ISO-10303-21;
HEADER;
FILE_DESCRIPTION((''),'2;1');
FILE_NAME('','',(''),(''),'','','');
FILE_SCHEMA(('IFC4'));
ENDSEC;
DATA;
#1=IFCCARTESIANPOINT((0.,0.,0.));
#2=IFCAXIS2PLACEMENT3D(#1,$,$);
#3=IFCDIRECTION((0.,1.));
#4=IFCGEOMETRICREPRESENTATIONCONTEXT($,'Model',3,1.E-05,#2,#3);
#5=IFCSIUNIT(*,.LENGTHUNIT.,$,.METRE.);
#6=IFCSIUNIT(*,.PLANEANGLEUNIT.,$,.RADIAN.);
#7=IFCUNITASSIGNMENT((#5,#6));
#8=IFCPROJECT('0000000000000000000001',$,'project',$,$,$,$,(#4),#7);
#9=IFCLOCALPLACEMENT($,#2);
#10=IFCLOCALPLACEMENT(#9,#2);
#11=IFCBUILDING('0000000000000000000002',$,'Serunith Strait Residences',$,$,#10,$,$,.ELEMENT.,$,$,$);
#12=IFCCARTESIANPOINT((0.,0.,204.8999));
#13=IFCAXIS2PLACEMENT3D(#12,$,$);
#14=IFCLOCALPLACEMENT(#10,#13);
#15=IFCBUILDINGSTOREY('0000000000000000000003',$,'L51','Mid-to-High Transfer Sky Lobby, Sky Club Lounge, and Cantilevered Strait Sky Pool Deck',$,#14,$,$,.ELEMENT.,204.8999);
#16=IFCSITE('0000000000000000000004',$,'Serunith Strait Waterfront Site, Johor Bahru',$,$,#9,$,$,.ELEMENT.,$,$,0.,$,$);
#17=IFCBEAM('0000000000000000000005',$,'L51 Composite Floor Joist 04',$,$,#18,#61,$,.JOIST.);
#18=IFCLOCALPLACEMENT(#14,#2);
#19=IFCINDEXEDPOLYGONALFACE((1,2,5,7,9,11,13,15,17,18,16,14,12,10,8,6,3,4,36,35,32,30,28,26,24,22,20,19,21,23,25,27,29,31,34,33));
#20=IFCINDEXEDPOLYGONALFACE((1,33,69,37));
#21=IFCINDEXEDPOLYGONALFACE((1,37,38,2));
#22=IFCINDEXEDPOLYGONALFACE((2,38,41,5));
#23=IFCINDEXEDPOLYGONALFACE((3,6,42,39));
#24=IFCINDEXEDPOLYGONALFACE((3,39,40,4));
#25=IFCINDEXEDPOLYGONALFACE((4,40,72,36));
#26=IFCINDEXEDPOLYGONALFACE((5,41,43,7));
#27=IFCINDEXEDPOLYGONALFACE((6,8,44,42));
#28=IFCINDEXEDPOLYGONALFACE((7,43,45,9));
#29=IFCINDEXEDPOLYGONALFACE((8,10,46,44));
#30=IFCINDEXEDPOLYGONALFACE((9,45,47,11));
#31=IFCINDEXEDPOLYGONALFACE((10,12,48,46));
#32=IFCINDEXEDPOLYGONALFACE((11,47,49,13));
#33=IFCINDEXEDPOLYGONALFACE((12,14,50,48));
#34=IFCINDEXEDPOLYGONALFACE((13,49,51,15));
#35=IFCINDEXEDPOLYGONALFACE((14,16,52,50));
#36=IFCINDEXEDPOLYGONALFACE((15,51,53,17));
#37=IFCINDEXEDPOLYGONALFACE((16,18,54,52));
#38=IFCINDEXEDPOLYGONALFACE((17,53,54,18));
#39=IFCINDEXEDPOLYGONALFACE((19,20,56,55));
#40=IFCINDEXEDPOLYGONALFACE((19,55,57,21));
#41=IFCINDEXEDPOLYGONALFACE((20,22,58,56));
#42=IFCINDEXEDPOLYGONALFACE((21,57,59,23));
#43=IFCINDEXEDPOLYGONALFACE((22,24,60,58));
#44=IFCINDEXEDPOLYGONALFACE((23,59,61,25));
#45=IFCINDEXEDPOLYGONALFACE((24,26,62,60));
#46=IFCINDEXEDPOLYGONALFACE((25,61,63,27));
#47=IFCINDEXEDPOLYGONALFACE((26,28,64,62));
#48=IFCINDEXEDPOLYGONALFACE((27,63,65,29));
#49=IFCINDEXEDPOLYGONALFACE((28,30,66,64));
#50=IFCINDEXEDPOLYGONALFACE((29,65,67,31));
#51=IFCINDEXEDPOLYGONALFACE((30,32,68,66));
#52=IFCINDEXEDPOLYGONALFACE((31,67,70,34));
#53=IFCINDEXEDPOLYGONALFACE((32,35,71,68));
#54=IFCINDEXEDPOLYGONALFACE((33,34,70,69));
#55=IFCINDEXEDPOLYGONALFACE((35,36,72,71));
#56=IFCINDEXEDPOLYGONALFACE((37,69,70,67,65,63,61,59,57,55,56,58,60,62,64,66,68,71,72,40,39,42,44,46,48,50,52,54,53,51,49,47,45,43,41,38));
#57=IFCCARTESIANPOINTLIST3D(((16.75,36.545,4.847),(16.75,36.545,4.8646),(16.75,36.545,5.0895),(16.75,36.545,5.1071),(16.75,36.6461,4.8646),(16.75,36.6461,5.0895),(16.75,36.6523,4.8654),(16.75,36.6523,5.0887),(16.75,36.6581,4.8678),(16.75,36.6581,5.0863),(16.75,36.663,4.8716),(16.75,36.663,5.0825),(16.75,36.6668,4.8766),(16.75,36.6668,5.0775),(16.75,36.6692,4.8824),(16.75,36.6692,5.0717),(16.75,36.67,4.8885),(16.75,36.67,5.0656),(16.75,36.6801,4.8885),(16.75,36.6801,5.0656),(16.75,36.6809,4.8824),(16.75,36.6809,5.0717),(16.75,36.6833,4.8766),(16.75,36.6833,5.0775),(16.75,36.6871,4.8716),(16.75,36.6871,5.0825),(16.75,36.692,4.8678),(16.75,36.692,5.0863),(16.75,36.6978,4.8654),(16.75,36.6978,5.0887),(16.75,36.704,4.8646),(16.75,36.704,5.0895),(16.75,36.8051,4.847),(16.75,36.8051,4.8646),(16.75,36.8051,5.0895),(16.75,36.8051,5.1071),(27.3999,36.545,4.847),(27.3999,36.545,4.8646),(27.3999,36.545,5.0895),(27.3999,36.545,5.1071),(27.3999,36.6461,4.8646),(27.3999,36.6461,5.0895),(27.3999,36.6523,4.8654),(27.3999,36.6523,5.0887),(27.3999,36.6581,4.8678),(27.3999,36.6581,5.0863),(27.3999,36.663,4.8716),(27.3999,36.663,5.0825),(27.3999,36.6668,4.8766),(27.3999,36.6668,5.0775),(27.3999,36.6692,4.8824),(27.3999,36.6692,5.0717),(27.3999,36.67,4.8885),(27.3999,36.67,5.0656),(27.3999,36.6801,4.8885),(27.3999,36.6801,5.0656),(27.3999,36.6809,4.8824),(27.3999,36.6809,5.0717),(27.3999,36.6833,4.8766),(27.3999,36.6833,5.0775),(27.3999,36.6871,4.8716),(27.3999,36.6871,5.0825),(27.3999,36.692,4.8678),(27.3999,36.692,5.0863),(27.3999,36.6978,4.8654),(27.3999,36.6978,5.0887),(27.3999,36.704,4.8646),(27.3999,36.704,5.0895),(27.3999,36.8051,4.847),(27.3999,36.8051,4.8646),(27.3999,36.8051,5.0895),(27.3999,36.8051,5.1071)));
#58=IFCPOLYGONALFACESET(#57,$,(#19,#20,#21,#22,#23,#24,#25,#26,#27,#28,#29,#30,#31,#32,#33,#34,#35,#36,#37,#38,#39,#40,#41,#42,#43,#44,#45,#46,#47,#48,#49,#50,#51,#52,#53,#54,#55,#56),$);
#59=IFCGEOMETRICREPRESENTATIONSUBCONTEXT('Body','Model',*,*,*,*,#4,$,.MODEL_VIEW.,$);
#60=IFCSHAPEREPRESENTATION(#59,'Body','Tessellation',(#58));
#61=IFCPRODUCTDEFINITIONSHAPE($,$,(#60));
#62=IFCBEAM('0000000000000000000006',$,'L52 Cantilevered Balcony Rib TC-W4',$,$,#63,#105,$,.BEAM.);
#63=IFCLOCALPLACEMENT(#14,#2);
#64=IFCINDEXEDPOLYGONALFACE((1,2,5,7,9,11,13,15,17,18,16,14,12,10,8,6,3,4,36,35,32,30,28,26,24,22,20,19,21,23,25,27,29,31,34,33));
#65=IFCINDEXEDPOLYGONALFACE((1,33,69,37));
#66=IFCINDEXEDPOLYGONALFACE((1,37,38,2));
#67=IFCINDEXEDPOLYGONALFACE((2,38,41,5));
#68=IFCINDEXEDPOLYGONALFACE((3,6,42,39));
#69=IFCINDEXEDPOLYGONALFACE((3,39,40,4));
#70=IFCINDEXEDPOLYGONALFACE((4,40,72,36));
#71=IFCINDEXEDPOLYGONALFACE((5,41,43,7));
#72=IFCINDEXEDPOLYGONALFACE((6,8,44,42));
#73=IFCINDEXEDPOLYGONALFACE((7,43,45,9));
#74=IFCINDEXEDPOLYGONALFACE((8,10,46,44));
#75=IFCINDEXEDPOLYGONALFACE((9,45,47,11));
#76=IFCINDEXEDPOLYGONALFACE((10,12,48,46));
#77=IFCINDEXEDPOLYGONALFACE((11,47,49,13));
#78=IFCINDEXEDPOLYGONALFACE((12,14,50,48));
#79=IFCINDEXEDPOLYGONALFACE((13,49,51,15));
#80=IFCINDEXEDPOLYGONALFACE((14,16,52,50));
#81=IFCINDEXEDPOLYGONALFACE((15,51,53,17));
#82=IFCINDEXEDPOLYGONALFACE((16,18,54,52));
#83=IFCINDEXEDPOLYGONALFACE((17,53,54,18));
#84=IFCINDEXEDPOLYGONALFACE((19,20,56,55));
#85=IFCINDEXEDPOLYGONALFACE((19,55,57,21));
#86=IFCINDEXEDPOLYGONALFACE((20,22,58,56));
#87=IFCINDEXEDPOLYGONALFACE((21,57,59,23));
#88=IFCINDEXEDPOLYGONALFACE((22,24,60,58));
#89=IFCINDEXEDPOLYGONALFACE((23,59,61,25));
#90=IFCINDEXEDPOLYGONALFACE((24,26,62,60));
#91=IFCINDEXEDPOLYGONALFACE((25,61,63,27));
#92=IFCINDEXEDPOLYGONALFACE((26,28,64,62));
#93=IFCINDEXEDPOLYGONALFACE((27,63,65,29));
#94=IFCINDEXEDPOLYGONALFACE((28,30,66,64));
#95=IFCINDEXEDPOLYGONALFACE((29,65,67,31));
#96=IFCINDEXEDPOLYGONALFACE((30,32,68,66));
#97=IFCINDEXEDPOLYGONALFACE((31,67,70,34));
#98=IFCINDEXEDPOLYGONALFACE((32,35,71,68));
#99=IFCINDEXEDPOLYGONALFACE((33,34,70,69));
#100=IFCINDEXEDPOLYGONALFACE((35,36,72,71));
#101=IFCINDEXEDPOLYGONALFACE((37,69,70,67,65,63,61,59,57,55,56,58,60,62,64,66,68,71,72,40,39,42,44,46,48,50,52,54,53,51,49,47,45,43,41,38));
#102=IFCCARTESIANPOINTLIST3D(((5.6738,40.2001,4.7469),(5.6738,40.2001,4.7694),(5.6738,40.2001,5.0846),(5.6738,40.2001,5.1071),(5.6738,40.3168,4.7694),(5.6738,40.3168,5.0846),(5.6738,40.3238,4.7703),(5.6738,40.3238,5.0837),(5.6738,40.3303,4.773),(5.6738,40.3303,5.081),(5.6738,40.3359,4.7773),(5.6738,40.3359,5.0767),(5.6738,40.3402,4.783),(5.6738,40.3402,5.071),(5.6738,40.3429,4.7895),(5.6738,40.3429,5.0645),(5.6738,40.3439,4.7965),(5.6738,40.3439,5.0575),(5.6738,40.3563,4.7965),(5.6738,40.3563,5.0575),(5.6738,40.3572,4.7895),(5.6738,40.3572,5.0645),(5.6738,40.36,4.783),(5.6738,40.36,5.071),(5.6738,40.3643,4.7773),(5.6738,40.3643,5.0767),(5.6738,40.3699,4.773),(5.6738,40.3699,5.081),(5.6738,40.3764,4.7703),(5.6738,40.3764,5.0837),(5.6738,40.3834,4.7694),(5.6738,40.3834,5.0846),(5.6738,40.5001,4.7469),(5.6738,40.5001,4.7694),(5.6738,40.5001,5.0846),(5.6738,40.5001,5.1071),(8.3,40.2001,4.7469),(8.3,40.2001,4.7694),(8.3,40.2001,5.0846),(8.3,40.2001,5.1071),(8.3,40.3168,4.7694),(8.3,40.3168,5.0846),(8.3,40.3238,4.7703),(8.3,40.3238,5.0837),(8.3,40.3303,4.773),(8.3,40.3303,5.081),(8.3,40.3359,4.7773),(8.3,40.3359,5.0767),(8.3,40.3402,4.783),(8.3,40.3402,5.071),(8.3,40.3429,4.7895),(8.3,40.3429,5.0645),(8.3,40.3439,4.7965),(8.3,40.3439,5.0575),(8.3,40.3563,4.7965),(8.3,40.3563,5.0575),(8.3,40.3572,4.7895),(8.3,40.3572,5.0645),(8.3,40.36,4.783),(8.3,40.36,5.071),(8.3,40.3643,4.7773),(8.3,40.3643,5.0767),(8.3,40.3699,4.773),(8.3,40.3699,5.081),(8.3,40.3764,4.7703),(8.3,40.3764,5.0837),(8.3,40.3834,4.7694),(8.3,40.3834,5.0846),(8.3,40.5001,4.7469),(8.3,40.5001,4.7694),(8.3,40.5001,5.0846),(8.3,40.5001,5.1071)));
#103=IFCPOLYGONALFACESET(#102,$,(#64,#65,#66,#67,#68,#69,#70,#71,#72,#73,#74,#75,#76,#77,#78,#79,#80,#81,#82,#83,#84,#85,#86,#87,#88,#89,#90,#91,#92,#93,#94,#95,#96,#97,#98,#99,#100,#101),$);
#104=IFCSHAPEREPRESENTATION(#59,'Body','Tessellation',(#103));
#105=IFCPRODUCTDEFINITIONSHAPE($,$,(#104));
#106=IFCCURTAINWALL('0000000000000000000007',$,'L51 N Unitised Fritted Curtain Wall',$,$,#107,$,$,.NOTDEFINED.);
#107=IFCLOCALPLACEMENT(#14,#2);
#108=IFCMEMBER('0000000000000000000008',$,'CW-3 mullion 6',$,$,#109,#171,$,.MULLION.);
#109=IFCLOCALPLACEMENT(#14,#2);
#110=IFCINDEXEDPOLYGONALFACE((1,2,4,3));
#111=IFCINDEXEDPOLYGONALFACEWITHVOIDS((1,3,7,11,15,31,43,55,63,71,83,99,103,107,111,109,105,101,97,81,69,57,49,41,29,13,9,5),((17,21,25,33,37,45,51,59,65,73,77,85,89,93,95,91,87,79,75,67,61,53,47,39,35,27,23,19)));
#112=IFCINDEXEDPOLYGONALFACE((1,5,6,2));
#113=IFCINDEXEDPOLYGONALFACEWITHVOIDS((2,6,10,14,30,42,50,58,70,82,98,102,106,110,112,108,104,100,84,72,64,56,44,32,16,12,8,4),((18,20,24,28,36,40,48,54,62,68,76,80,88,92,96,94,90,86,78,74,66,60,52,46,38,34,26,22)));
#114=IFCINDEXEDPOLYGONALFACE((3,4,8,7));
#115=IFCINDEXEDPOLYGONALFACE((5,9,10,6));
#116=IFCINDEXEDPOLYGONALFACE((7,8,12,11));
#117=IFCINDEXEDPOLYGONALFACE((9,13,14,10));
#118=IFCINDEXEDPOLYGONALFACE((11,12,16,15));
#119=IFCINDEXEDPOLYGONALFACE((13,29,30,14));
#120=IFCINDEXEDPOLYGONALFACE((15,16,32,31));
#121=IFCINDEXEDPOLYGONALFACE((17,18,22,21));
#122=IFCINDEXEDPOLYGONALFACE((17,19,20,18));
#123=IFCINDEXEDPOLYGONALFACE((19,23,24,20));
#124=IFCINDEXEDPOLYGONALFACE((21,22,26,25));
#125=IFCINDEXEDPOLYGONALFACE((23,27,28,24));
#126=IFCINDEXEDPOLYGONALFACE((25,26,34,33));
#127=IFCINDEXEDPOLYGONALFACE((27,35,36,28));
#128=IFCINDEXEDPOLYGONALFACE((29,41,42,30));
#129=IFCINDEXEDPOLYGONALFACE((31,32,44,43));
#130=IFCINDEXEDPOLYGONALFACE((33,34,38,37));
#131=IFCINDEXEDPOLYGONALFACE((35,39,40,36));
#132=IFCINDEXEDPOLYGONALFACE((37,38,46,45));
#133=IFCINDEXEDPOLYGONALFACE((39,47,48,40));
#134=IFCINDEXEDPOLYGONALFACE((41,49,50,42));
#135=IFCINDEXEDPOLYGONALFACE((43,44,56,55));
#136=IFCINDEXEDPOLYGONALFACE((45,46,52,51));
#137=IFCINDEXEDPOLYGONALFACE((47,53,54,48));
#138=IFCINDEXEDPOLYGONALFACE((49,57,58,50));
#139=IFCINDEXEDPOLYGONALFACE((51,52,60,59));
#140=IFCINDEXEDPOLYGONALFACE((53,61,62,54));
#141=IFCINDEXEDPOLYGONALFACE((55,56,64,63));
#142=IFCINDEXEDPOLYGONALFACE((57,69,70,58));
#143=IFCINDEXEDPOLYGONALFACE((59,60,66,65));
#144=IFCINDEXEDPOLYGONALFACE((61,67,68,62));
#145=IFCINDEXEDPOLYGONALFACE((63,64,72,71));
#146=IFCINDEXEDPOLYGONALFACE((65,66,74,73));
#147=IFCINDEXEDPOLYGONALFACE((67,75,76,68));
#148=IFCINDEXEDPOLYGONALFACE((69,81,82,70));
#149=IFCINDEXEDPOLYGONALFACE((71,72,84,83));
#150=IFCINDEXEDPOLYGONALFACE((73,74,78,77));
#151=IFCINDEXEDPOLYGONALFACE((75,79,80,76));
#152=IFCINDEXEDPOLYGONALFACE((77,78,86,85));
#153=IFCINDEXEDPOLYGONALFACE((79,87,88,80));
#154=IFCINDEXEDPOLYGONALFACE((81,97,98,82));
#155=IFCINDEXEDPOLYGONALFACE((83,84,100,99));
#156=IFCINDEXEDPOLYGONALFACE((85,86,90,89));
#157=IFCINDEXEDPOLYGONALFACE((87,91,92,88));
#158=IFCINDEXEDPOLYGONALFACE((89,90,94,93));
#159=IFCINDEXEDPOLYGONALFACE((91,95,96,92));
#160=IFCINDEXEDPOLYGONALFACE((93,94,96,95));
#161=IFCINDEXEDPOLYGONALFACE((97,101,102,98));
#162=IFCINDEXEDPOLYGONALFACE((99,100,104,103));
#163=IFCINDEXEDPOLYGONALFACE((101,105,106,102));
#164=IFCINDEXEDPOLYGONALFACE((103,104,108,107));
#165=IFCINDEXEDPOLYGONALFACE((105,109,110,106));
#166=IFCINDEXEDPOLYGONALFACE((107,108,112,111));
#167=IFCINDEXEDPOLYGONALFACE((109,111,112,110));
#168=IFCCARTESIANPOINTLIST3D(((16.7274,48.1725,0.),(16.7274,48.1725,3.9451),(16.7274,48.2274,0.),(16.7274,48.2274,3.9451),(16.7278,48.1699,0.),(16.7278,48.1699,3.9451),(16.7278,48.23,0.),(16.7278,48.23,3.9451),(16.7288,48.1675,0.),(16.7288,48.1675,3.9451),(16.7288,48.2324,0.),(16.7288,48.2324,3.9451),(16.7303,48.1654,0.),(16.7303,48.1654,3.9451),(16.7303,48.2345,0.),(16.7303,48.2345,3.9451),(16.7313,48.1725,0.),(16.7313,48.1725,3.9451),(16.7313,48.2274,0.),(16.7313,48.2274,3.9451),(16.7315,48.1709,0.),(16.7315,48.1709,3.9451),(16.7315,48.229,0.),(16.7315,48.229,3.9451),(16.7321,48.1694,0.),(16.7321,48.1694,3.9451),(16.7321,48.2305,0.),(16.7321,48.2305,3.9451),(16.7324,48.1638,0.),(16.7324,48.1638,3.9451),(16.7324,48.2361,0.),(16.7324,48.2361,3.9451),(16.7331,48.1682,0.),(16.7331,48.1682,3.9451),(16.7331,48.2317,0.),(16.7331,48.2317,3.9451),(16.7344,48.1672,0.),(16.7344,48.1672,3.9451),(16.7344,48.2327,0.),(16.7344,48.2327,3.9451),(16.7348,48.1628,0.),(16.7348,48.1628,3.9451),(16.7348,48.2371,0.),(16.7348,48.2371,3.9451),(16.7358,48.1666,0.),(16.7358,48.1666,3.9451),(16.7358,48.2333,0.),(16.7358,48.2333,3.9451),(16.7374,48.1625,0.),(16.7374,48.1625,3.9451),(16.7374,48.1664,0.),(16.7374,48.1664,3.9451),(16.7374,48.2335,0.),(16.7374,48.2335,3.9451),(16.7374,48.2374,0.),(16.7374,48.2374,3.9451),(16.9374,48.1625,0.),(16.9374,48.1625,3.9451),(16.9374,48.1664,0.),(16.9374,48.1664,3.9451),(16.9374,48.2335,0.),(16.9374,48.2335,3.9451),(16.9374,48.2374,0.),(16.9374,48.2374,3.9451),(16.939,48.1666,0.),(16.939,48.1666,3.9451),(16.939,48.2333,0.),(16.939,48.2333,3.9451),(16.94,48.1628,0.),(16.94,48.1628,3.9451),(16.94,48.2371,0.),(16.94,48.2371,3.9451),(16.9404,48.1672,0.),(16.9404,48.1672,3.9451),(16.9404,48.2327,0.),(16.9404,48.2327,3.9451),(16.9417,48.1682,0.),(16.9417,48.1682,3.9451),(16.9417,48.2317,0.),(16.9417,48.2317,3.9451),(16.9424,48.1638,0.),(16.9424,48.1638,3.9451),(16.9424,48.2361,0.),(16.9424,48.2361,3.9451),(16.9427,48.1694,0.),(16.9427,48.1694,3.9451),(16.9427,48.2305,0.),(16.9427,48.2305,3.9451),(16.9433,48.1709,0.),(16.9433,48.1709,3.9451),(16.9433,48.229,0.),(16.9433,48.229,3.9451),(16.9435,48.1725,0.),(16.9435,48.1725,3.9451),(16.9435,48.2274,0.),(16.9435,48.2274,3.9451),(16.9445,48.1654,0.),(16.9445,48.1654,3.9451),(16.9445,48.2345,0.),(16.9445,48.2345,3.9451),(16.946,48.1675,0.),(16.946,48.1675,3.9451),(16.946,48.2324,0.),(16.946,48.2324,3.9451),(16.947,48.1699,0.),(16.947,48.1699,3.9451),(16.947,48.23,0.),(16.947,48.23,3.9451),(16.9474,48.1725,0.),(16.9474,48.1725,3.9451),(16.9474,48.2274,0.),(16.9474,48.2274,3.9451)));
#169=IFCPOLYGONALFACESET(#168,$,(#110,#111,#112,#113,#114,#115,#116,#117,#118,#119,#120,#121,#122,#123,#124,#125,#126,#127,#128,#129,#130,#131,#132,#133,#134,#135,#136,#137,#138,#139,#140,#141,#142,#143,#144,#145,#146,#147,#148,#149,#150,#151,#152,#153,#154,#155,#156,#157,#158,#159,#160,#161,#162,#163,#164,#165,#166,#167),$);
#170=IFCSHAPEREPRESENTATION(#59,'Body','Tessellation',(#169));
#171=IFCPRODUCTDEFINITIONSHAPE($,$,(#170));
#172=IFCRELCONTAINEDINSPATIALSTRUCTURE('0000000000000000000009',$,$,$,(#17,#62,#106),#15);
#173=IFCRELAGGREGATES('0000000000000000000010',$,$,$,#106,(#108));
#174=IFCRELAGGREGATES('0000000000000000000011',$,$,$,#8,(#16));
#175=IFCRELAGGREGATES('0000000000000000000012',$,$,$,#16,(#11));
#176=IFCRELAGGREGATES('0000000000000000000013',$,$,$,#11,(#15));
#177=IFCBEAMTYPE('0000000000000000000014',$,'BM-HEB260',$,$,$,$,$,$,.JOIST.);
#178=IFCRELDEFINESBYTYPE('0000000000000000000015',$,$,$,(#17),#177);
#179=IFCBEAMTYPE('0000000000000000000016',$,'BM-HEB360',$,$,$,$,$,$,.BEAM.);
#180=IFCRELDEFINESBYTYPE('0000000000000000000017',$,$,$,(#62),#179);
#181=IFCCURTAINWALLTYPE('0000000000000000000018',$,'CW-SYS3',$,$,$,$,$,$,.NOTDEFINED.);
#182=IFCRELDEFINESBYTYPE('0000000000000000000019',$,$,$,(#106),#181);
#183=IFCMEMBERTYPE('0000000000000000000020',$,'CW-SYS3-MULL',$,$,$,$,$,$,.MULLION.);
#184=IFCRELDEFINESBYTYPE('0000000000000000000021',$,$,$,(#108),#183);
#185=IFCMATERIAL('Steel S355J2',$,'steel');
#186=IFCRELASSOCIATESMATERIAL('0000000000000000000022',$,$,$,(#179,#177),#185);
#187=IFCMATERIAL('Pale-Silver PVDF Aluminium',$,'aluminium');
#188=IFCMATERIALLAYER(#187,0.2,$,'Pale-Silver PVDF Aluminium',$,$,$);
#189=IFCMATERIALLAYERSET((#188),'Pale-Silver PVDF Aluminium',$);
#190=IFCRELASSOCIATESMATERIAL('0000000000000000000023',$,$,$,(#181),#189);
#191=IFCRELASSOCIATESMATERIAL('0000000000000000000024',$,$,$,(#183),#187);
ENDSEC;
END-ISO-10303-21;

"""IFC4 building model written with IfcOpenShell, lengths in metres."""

from ifc_helpers import new_model, si_unit, direction, frame, origin, origin_2d, place, context, subcontext, project, spatial, hollow_rectangle, i_section, extrude, source, transform, mapped, material, layer, layer_set, material_profile, profile_set, type_object, element, aggregate, save


model = new_model("IFC4")

# Units and contexts
model_context = context("Model", 3, precision=1e-05, world=origin(), true_north=direction((0.0, 1.0)))
body_context = subcontext(model_context, "Body", "Model", "MODEL_VIEW")
ifc_project = project(units=[si_unit("LENGTHUNIT", "METRE"), si_unit("PLANEANGLEUNIT", "RADIAN")], contexts=[model_context])

# Site, building, storey
site_placement = place(None, origin())
site = spatial("IfcSite", under=ifc_project, at=site_placement, Name="Serunith Strait Waterfront Site, Johor Bahru", CompositionType="ELEMENT", RefElevation=0.0)
building_placement = place(site_placement, origin())
building = spatial("IfcBuilding", under=site, at=building_placement, Name="Serunith Strait Residences", CompositionType="ELEMENT")
storey_placement = place(building_placement, frame((0.0, 0.0, 204.8999)))
storey = spatial("IfcBuildingStorey", under=building, at=storey_placement, Name="L51", Description="Mid-to-High Transfer Sky Lobby, Sky Club Lounge, and Cantilevered Strait Sky Pool Deck", CompositionType="ELEMENT", Elevation=204.8999)

# Beams
ifc_material_1 = material(Name="Steel S355J2", Category="steel")
ifc_material_profile_1 = material_profile(ifc_material_1, i_section(OverallWidth=0.3, OverallDepth=0.3601, WebThickness=0.0125, FlangeThickness=0.0225, FilletRadius=0.0271, at=origin_2d()), Name="HEB 360")
ifc_profile_set_1 = profile_set([ifc_material_profile_1], Name="Steel S355J2")
beam_type_1 = type_object("IfcBeamType", Name="BM-HEB360", PredefinedType="BEAM", material=ifc_profile_set_1)
ifc_material_profile_2 = material_profile(ifc_material_1, i_section(OverallWidth=0.26, OverallDepth=0.26, WebThickness=0.01, FlangeThickness=0.0176, FilletRadius=0.0239, at=origin_2d()), Name="HEB 260")
ifc_profile_set_2 = profile_set([ifc_material_profile_2], Name="Steel S355J2")
beam_type_2 = type_object("IfcBeamType", Name="BM-HEB260", PredefinedType="JOIST", material=ifc_profile_set_2)
shared_shape_1 = source(origin(), body_context, "Body", "SweptSolid", [
    extrude(i_section(OverallWidth=0.26, OverallDepth=0.26, WebThickness=0.01, FlangeThickness=0.0176, FilletRadius=0.0239, at=origin_2d()), origin(), (0.0, 0.0, 1.0), 10.6499),
])
beam_1_placement = place(storey_placement, frame((16.75, 36.675, 4.9771), z_axis=(1.0, 0.0, 0.0), x_axis=(0.0, 1.0, 0.0)))
element("IfcBeam", 1, at=beam_1_placement, inside=storey, type_object=beam_type_2, Name="L51 Composite Floor Joist 04", PredefinedType="JOIST", context=body_context, shape_type="MappedRepresentation", body=[
    mapped(shared_shape_1, transform((0.0, 0.0, 0.0), scale=1.0)),
])
shared_shape_2 = source(origin(), body_context, "Body", "SweptSolid", [
    extrude(i_section(OverallWidth=0.3, OverallDepth=0.3601, WebThickness=0.0125, FlangeThickness=0.0225, FilletRadius=0.0271, at=origin_2d()), origin(), (0.0, 0.0, 1.0), 2.6262),
])
beam_2_placement = place(storey_placement, frame((8.3, 40.3501, 4.927), z_axis=(-1.0, 0.0, 0.0), x_axis=(0.0, -1.0, 0.0)))
element("IfcBeam", 2, at=beam_2_placement, inside=storey, type_object=beam_type_1, Name="L52 Cantilevered Balcony Rib TC-W4", PredefinedType="BEAM", context=body_context, shape_type="MappedRepresentation", body=[
    mapped(shared_shape_2, transform((0.0, 0.0, 0.0), scale=1.0)),
])

# Curtain wall, member
ifc_material_2 = material(Name="Pale-Silver PVDF Aluminium", Category="aluminium")
ifc_layer_1 = layer(ifc_material_2, 0.2, Name="Pale-Silver PVDF Aluminium")
ifc_layer_set_1 = layer_set([ifc_layer_1], Name="Pale-Silver PVDF Aluminium")
curtain_wall_type = type_object("IfcCurtainWallType", Name="CW-SYS3", PredefinedType="NOTDEFINED", material=ifc_layer_set_1)
curtain_wall_1_placement = place(storey_placement, origin())
curtain_wall_1 = element("IfcCurtainWall", 3, at=curtain_wall_1_placement, inside=storey, type_object=curtain_wall_type, Name="L51 N Unitised Fritted Curtain Wall", PredefinedType="NOTDEFINED")
ifc_material_profile_3 = material_profile(ifc_material_2, hollow_rectangle(XDim=0.075, YDim=0.22, WallThickness=0.0039, InnerFilletRadius=0.0061, OuterFilletRadius=0.01, at=origin_2d()), Name="ALU 220x75x4")
ifc_profile_set_3 = profile_set([ifc_material_profile_3], Name="Pale-Silver PVDF Aluminium")
member_type_1 = type_object("IfcMemberType", Name="CW-SYS3-MULL", PredefinedType="MULLION", material=ifc_profile_set_3)
shared_shape_3 = source(origin(), body_context, "Body", "SweptSolid", [
    extrude(hollow_rectangle(XDim=0.075, YDim=0.22, WallThickness=0.0039, InnerFilletRadius=0.0061, OuterFilletRadius=0.01, at=origin_2d()), origin(), (0.0, 0.0, 1.0), 3.9451),
])
member_1_placement = place(storey_placement, frame((16.8374, 48.2, 0.0), z_axis=(0.0, 0.0, 1.0), x_axis=(0.0, -1.0, 0.0)))
member_1 = element("IfcMember", 4, at=member_1_placement, type_object=member_type_1, Name="CW-3 mullion 6", PredefinedType="MULLION", context=body_context, shape_type="MappedRepresentation", body=[
    mapped(shared_shape_3, transform((0.0, 0.0, 0.0), scale=1.0)),
])
aggregate(curtain_wall_1, [member_1])

save(model, "model.ifc")
